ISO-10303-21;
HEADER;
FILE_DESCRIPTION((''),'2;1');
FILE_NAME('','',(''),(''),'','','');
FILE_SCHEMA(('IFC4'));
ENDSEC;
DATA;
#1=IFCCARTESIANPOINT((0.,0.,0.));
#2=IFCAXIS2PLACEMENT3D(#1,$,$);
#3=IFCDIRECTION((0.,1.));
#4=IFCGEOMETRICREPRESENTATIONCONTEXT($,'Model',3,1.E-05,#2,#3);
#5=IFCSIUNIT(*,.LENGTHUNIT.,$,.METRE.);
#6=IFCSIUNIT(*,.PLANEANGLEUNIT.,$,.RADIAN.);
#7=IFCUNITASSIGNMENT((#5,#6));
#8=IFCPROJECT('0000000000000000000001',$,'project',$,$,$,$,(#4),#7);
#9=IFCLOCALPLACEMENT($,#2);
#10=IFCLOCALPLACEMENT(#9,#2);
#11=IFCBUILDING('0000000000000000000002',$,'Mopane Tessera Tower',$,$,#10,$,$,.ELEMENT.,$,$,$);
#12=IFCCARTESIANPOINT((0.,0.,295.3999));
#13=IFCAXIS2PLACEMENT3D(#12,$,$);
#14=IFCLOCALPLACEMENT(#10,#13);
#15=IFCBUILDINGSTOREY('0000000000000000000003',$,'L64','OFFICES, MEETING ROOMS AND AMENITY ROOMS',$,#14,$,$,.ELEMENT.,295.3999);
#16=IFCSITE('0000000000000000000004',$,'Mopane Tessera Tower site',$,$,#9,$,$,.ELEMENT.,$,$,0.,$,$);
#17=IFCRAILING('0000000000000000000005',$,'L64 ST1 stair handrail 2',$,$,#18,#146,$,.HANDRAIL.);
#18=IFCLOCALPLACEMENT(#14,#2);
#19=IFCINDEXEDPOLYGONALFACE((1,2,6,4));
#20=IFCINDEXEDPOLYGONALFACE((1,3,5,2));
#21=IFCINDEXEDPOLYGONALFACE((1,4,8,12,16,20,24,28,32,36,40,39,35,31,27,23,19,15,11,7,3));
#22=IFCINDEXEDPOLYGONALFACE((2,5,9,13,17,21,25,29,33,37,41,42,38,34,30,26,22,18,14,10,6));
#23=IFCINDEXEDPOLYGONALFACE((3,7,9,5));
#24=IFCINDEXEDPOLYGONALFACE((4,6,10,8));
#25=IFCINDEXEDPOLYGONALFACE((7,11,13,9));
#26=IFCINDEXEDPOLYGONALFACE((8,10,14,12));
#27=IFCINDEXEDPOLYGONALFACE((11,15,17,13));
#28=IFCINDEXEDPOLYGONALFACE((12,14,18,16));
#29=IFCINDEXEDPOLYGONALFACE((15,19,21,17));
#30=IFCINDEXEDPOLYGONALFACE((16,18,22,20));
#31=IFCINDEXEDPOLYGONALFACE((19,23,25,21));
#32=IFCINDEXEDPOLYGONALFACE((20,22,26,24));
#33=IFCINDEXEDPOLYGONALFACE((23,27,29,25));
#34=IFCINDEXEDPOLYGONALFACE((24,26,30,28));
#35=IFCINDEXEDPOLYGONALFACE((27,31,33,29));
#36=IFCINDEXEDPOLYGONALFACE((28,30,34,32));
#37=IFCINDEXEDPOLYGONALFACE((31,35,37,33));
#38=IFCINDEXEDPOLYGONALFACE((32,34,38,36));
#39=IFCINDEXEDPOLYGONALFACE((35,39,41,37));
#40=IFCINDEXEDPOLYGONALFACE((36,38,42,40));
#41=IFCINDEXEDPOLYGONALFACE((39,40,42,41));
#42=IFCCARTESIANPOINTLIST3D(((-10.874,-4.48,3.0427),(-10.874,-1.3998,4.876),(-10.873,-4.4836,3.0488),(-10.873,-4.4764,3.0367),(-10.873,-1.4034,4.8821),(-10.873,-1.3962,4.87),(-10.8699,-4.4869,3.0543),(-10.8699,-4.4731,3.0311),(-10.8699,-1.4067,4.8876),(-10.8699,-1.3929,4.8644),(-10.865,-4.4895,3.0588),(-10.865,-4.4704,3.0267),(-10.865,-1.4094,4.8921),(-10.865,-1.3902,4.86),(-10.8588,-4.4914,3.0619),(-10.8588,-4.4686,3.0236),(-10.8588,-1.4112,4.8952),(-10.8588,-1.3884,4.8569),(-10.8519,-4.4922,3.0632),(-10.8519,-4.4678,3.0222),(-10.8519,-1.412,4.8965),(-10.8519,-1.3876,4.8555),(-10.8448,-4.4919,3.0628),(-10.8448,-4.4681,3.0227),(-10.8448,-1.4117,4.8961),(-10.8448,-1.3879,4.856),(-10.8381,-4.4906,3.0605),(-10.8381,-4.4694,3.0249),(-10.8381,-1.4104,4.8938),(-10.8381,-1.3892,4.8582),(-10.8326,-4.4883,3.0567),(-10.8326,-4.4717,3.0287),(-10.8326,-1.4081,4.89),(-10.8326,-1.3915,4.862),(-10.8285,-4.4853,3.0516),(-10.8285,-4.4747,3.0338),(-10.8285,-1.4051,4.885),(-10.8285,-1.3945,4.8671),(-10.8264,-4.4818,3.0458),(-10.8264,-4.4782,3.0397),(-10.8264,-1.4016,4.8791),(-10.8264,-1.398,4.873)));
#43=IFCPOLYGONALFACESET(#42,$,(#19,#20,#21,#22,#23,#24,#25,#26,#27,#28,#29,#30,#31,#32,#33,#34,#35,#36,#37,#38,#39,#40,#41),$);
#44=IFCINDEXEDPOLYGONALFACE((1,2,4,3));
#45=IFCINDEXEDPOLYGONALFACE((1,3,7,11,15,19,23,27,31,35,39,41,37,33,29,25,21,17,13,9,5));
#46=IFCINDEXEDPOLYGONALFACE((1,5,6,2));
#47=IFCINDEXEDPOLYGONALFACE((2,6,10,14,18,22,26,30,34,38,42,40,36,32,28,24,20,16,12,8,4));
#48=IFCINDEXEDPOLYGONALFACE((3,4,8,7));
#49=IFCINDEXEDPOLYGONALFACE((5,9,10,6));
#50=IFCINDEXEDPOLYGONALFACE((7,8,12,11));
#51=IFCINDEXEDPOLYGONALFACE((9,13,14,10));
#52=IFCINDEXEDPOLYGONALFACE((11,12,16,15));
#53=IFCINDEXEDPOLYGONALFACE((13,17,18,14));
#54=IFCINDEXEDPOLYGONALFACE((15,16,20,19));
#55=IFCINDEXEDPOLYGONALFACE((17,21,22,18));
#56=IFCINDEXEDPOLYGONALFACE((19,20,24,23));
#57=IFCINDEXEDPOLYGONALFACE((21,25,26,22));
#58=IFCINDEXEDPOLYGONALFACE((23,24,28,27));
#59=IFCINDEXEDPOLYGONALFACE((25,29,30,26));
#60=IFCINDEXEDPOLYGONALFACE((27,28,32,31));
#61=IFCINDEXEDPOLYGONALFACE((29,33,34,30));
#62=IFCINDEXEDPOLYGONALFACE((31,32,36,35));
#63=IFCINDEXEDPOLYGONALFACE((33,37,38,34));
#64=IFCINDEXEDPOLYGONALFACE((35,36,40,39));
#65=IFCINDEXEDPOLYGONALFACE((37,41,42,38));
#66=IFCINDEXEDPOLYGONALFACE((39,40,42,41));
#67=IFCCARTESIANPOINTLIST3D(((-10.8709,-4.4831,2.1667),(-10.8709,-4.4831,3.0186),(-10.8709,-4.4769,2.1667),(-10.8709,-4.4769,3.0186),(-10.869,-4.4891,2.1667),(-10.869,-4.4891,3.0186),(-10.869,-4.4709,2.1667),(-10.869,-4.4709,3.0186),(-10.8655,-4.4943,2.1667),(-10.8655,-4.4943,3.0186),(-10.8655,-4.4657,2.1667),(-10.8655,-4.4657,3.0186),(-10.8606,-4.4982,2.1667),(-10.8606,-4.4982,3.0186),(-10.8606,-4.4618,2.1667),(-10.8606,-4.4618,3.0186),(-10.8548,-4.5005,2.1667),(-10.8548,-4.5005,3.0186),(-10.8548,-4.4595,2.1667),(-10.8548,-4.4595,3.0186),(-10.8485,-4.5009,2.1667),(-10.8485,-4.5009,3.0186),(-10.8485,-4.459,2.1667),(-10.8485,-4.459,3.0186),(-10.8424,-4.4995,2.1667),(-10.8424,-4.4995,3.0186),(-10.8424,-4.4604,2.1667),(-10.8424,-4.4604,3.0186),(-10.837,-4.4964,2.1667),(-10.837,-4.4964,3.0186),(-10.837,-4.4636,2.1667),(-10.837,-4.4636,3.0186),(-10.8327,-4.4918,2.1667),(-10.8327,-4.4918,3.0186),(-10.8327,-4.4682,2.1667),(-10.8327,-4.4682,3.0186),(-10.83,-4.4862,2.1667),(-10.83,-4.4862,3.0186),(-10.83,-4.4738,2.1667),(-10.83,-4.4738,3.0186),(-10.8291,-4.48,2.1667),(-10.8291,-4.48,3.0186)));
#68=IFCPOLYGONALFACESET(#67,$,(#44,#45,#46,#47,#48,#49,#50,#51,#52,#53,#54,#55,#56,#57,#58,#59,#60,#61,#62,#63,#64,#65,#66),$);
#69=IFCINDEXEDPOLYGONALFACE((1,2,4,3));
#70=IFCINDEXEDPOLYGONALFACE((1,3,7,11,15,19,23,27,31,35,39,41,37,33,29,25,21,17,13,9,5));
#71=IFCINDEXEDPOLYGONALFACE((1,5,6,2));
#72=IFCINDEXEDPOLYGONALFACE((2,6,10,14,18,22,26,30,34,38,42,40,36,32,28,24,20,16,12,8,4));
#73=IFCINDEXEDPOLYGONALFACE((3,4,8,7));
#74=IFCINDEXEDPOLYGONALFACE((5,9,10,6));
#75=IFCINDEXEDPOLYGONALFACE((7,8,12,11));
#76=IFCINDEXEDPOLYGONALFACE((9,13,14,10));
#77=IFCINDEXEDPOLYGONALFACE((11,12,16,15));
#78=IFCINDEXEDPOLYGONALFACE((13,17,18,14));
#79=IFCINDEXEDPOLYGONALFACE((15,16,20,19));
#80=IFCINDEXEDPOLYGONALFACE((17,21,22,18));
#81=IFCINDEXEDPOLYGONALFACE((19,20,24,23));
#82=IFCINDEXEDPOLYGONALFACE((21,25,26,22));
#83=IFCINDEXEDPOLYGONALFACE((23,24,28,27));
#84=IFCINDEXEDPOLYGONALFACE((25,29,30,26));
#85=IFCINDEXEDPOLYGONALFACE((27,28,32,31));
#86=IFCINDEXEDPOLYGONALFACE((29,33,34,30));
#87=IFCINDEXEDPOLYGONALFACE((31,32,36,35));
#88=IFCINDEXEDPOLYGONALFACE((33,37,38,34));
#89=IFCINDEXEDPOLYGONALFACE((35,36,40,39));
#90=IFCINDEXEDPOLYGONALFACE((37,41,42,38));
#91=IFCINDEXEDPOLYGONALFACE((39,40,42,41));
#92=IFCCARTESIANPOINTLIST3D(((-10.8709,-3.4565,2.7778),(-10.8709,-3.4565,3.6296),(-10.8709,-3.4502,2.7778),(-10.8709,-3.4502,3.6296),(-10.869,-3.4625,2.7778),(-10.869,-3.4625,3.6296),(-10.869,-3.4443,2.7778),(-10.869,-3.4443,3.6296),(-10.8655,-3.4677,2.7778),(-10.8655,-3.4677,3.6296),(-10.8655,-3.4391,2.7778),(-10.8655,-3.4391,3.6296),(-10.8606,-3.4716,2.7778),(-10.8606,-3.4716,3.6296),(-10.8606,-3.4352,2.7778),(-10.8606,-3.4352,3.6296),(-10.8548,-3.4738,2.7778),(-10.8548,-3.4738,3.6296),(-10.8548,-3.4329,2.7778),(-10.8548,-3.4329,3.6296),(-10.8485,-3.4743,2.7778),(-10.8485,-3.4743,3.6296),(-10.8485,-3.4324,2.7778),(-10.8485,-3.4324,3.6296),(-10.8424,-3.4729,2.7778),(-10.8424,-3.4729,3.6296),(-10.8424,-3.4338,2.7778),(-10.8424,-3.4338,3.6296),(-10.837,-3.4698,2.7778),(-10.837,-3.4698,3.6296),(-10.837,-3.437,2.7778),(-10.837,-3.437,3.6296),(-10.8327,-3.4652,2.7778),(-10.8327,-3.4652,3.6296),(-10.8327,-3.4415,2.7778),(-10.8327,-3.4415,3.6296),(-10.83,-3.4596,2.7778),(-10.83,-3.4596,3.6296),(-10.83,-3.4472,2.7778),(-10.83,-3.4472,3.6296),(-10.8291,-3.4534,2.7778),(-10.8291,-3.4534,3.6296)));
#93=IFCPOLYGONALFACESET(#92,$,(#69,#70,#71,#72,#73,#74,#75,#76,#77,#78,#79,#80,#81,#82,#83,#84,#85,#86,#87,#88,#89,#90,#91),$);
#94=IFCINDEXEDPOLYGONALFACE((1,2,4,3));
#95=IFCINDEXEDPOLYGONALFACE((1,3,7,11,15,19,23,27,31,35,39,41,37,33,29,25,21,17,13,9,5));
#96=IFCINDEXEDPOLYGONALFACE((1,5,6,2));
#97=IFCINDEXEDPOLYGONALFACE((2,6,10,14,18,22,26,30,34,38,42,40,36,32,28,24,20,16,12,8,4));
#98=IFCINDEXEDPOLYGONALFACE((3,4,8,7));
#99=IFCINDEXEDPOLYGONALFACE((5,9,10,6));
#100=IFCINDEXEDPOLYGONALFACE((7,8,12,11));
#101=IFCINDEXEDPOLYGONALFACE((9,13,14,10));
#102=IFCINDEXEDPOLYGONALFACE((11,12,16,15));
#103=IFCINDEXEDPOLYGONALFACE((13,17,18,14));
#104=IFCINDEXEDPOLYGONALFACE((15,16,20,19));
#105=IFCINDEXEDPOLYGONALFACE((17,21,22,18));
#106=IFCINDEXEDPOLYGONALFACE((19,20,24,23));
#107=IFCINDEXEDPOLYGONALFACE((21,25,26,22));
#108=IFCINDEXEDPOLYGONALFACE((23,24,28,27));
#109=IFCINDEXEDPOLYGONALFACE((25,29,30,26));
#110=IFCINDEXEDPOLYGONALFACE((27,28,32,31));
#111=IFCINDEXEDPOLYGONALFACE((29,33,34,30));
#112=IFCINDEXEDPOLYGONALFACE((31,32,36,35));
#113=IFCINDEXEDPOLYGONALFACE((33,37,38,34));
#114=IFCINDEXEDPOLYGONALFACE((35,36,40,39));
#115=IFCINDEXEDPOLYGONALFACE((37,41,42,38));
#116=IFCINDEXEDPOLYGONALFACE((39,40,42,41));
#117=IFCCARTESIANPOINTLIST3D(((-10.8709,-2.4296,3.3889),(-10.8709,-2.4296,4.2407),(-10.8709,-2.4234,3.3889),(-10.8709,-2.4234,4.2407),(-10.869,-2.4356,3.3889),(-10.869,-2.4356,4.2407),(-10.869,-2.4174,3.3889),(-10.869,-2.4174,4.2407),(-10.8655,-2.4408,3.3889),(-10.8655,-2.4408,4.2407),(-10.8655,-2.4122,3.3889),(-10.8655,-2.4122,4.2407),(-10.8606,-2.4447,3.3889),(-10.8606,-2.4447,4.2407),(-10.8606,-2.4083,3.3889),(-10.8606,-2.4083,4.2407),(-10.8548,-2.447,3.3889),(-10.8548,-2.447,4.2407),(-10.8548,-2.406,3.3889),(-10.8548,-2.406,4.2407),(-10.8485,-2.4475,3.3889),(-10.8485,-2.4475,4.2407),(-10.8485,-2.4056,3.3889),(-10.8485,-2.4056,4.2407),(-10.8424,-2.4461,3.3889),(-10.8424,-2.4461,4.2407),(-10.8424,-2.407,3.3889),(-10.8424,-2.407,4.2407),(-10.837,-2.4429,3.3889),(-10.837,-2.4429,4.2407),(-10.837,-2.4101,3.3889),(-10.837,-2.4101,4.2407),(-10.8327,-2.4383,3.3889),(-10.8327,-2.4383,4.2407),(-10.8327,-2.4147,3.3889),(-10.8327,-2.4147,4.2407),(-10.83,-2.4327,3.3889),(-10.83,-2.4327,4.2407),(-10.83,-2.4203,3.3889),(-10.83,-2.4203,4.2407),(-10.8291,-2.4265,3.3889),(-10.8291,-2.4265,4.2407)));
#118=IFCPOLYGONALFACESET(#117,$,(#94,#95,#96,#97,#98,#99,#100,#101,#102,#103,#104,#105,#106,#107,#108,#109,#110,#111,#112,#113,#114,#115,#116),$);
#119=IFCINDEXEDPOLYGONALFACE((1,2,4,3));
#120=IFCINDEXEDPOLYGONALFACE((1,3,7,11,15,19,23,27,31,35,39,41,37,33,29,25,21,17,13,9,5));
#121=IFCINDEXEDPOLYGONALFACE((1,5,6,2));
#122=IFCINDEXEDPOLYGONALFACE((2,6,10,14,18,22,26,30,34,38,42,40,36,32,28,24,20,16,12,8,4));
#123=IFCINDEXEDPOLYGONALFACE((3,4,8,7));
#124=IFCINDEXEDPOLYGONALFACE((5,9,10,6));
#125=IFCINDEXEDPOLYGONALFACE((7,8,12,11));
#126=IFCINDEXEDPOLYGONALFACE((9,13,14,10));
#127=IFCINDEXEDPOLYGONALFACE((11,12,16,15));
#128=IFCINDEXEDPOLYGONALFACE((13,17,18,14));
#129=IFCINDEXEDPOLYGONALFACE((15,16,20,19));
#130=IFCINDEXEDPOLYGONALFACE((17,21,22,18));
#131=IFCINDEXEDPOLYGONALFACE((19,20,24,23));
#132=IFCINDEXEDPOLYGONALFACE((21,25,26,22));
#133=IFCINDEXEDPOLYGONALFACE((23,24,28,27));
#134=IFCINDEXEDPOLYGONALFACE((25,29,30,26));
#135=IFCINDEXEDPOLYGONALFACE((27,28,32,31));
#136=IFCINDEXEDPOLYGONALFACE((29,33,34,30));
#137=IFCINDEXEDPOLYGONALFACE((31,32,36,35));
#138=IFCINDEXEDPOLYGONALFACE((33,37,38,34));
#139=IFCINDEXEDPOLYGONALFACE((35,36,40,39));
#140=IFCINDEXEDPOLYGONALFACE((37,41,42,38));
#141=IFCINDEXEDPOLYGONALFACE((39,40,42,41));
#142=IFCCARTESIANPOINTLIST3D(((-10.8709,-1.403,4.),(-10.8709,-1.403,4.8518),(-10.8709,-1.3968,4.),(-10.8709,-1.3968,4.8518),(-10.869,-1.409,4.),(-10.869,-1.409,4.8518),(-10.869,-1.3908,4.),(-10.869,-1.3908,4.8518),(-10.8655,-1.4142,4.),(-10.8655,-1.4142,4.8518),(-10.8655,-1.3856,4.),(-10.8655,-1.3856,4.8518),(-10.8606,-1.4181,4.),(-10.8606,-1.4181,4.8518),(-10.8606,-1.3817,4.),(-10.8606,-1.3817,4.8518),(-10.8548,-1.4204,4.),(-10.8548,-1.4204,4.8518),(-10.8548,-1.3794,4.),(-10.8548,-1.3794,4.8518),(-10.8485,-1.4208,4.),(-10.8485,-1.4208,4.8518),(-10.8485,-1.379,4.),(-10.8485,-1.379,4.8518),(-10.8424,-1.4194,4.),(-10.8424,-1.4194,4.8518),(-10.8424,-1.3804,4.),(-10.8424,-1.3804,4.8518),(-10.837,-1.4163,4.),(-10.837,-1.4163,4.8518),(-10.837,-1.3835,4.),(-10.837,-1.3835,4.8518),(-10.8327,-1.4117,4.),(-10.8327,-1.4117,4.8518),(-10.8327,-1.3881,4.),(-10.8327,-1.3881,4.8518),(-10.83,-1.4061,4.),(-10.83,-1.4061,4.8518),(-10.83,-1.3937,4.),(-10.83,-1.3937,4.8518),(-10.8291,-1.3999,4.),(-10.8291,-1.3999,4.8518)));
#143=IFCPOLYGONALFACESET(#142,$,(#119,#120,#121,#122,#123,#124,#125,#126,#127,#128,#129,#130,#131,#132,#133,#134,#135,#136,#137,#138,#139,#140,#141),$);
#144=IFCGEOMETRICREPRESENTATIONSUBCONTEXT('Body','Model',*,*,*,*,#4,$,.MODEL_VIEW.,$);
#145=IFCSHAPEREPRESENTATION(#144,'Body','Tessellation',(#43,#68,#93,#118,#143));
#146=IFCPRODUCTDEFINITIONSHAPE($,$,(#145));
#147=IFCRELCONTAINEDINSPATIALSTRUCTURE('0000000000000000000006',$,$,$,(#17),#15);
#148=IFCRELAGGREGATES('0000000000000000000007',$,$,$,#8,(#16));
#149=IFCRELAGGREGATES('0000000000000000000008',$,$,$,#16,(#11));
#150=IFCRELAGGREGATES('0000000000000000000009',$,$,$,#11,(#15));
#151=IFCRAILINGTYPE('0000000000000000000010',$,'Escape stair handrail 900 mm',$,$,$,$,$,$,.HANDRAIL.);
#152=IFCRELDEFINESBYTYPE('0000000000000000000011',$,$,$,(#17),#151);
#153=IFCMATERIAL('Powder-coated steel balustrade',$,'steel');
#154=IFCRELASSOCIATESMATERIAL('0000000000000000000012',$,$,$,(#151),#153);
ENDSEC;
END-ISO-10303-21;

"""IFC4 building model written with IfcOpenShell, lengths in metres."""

from ifc_helpers import new_model, si_unit, direction, frame, origin, origin_2d, place, context, subcontext, project, spatial, circle, extrude, material, type_object, element, save


model = new_model("IFC4")

# Units and contexts
model_context = context("Model", 3, precision=1e-05, world=origin(), true_north=direction((0.0, 1.0)))
body_context = subcontext(model_context, "Body", "Model", "MODEL_VIEW")
ifc_project = project(units=[si_unit("LENGTHUNIT", "METRE"), si_unit("PLANEANGLEUNIT", "RADIAN")], contexts=[model_context])

# Site, building, storey
site_placement = place(None, origin())
site = spatial("IfcSite", under=ifc_project, at=site_placement, Name="Mopane Tessera Tower site", CompositionType="ELEMENT", RefElevation=0.0)
building_placement = place(site_placement, origin())
building = spatial("IfcBuilding", under=site, at=building_placement, Name="Mopane Tessera Tower", CompositionType="ELEMENT")
storey_placement = place(building_placement, frame((0.0, 0.0, 295.3999)))
storey = spatial("IfcBuildingStorey", under=building, at=storey_placement, Name="L64", Description="OFFICES, MEETING ROOMS AND AMENITY ROOMS", CompositionType="ELEMENT", Elevation=295.3999)

# Railing
ifc_material_1 = material(Name="Powder-coated steel balustrade", Category="steel")
railing_type_1 = type_object("IfcRailingType", Name="Escape stair handrail 900 mm", PredefinedType="HANDRAIL", material=ifc_material_1)
railing_1_placement = place(storey_placement, frame((-10.8501, -4.48, 2.1667)))
element("IfcRailing", 1, at=railing_1_placement, inside=storey, type_object=railing_type_1, Name="L64 ST1 stair handrail 2", PredefinedType="HANDRAIL", context=body_context, shape_type="SweptSolid", body=[
    extrude(circle(Radius=0.0239, at=origin_2d()), frame((0.0, 0.0, 0.876), z_axis=(0.0, 0.859309, 0.511458), x_axis=(-1.0, 0.0, 0.0)), (0.0, 0.0, 1.0), 3.5845),
    extrude(circle(Radius=0.021, at=origin_2d()), origin(), (0.0, 0.0, 1.0), 0.8518),
    extrude(circle(Radius=0.021, at=origin_2d()), frame((0.0, 1.0266, 0.6111)), (0.0, 0.0, 1.0), 0.8518),
    extrude(circle(Radius=0.021, at=origin_2d()), frame((0.0, 2.0535, 1.2222)), (0.0, 0.0, 1.0), 0.8518),
    extrude(circle(Radius=0.021, at=origin_2d()), frame((0.0, 3.0801, 1.8333)), (0.0, 0.0, 1.0), 0.8518),
])

save(model, "model.ifc")
